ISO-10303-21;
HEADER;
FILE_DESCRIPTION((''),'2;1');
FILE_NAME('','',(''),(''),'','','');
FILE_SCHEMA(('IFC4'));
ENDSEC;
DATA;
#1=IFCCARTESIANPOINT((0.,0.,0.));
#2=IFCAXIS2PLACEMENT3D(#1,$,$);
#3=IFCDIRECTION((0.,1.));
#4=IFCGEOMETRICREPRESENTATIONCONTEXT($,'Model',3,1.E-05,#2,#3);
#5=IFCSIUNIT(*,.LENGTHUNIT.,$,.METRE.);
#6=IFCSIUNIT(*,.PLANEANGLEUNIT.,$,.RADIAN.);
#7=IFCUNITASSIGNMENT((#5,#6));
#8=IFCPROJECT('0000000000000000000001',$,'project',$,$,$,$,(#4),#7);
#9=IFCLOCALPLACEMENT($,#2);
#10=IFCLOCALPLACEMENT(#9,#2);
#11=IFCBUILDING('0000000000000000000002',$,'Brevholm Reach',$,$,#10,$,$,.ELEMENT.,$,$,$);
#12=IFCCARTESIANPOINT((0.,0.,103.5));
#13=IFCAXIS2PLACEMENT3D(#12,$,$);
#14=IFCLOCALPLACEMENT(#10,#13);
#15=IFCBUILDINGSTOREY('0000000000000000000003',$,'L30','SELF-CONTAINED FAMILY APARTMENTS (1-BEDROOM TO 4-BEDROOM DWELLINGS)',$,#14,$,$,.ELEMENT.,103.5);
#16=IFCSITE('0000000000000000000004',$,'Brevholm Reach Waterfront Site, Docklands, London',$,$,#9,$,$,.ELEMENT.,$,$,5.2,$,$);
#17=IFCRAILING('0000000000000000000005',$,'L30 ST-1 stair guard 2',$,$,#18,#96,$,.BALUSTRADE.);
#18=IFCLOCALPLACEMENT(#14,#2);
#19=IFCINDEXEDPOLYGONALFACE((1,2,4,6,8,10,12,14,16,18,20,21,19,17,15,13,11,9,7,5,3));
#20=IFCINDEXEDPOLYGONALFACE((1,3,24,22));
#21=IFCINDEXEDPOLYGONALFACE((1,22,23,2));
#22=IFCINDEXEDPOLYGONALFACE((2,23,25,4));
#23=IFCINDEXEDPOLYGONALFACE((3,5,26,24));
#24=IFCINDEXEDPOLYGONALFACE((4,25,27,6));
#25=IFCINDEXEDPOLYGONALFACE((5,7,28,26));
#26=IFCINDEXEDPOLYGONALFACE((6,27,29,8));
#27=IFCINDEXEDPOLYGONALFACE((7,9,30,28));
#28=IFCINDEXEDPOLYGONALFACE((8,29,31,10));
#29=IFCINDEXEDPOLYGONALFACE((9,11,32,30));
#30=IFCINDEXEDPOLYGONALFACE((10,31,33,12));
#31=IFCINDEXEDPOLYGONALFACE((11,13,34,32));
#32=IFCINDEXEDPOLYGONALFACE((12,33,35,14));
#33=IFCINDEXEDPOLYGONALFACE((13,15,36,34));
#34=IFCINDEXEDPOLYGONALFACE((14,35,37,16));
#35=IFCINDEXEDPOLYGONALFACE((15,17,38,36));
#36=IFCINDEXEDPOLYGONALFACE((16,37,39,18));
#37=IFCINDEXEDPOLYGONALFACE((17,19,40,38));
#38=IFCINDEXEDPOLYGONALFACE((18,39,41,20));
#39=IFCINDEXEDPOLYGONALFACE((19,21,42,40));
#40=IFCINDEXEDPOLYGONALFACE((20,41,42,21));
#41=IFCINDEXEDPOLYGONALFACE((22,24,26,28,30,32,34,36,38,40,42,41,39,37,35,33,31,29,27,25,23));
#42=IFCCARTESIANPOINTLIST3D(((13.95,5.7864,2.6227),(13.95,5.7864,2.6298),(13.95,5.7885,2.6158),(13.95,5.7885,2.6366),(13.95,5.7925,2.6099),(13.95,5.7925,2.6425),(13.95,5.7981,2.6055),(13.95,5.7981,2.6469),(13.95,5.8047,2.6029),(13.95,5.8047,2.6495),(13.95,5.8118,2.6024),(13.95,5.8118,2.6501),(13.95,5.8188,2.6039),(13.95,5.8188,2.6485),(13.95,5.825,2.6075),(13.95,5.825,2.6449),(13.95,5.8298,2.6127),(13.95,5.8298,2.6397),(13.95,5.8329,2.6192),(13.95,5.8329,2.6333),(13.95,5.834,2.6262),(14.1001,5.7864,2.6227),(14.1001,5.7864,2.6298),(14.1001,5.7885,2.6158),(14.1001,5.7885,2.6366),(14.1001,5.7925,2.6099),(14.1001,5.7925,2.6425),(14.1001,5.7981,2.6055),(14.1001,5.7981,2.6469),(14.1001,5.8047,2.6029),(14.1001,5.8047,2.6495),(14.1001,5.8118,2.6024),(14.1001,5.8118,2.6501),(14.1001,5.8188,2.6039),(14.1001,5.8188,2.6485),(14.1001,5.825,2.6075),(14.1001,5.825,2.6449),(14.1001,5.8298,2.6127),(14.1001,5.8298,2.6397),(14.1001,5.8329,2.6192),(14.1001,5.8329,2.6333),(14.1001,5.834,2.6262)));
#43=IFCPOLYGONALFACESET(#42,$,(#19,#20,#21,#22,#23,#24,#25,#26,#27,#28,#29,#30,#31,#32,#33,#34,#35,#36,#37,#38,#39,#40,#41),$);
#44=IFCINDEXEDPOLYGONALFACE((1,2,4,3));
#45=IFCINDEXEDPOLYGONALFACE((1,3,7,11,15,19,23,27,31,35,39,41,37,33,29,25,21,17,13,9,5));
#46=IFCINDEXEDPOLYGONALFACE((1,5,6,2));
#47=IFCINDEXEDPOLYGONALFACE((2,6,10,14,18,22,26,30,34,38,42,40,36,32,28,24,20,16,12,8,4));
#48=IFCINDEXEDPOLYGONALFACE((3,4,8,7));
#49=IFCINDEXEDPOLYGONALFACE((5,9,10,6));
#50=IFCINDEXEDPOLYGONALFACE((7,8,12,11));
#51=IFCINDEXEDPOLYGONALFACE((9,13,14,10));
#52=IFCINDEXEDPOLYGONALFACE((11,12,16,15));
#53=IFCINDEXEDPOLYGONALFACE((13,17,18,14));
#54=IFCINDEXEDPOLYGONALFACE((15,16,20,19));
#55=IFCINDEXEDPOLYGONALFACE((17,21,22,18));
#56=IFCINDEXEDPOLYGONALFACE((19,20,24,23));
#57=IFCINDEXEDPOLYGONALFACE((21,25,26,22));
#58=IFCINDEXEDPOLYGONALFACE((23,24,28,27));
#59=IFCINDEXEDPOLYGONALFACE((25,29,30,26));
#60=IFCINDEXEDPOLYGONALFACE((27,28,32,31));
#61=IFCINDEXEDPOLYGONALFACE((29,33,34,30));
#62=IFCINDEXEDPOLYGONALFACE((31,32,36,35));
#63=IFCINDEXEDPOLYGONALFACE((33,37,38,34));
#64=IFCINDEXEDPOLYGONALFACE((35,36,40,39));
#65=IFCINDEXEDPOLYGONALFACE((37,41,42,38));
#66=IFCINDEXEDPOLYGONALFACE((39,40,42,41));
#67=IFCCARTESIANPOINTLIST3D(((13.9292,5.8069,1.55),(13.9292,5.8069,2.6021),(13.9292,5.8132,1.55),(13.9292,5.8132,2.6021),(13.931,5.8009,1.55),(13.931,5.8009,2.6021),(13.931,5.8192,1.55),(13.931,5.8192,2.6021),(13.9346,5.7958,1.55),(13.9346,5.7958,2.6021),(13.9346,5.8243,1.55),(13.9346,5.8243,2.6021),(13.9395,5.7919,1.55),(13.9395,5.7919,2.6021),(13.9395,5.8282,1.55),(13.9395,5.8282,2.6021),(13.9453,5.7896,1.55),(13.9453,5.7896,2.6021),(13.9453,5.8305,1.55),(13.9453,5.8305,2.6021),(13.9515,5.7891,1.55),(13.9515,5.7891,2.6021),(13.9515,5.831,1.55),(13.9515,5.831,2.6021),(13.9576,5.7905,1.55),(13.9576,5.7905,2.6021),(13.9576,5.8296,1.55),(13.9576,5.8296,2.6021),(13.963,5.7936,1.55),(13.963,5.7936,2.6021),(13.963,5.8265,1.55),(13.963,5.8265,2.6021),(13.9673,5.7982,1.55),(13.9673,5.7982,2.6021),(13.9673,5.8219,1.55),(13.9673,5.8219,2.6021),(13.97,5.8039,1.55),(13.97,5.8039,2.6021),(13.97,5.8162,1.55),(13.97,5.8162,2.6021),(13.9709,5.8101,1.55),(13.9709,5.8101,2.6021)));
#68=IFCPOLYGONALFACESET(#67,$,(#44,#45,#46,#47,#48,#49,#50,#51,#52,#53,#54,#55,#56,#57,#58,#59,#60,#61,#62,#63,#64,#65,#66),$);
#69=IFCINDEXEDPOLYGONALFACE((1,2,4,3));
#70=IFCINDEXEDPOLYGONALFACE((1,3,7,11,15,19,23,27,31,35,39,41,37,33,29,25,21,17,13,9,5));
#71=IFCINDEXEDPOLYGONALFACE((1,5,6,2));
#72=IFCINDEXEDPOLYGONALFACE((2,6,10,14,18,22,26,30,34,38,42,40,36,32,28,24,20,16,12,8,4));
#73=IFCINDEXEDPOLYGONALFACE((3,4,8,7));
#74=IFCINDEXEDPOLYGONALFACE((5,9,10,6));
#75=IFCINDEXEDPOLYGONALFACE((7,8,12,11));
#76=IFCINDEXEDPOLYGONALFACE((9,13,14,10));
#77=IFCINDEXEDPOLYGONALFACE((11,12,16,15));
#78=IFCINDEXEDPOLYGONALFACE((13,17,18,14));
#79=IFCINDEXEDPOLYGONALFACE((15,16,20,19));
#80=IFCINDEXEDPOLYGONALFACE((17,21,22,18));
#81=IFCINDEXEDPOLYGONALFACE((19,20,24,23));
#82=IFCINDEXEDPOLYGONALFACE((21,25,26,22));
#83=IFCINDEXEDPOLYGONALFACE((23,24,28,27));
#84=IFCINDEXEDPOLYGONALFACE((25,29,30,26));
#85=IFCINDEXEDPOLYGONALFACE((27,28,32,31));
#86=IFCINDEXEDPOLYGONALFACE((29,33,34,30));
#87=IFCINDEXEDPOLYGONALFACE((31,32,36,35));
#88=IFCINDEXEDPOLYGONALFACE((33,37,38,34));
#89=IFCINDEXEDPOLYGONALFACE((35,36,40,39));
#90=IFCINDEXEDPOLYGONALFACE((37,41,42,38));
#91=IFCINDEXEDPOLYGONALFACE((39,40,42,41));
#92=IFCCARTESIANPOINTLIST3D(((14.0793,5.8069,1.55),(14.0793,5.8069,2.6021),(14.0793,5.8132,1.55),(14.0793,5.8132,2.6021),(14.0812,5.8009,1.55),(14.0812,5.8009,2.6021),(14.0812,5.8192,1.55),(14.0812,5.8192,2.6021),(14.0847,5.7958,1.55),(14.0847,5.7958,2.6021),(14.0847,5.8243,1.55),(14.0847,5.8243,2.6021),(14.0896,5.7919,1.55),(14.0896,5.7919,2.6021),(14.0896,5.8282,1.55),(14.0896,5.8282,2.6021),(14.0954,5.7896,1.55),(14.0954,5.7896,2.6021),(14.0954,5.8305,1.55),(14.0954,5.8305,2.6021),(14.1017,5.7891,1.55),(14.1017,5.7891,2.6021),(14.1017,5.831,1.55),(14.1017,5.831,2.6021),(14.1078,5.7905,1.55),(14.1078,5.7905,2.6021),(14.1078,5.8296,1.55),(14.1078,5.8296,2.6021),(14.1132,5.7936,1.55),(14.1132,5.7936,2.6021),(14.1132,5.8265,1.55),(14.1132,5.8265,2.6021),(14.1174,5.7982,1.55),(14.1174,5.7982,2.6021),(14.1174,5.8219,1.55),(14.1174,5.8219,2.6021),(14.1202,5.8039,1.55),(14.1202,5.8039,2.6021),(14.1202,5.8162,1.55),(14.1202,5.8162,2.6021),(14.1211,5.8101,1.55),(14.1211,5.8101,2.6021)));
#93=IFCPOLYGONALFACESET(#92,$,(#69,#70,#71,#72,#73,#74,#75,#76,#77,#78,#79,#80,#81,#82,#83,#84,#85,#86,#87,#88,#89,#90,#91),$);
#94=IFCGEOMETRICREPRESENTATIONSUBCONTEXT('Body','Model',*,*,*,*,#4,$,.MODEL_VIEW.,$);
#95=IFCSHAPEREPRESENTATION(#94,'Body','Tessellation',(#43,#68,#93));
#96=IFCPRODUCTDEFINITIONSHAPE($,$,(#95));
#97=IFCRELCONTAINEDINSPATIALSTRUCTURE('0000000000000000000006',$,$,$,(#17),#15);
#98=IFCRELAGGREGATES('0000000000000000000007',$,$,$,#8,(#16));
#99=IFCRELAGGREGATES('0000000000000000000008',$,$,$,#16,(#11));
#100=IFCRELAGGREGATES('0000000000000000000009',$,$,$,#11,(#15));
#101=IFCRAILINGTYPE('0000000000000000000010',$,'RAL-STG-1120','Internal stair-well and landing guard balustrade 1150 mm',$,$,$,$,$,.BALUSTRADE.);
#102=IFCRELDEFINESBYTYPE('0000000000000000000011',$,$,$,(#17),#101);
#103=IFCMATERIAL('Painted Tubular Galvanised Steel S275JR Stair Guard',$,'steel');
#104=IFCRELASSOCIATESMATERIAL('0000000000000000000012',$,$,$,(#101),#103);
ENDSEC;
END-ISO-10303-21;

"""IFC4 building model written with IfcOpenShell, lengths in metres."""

from ifc_helpers import new_model, si_unit, direction, frame, origin, origin_2d, place, context, subcontext, project, spatial, circle, extrude, material, type_object, element, save


model = new_model("IFC4")

# Units and contexts
model_context = context("Model", 3, precision=1e-05, world=origin(), true_north=direction((0.0, 1.0)))
body_context = subcontext(model_context, "Body", "Model", "MODEL_VIEW")
ifc_project = project(units=[si_unit("LENGTHUNIT", "METRE"), si_unit("PLANEANGLEUNIT", "RADIAN")], contexts=[model_context])

# Site, building, storey
site_placement = place(None, origin())
site = spatial("IfcSite", under=ifc_project, at=site_placement, Name="Brevholm Reach Waterfront Site, Docklands, London", CompositionType="ELEMENT", RefElevation=5.2)
building_placement = place(site_placement, origin())
building = spatial("IfcBuilding", under=site, at=building_placement, Name="Brevholm Reach", CompositionType="ELEMENT")
storey_placement = place(building_placement, frame((0.0, 0.0, 103.5)))
storey = spatial("IfcBuildingStorey", under=building, at=storey_placement, Name="L30", Description="SELF-CONTAINED FAMILY APARTMENTS (1-BEDROOM TO 4-BEDROOM DWELLINGS)", CompositionType="ELEMENT", Elevation=103.5)

# Railing
ifc_material_1 = material(Name="Painted Tubular Galvanised Steel S275JR Stair Guard", Category="steel")
railing_type_1 = type_object("IfcRailingType", Name="RAL-STG-1120", Description="Internal stair-well and landing guard balustrade 1150 mm", PredefinedType="BALUSTRADE", material=ifc_material_1)
railing_1_placement = place(storey_placement, frame((13.95, 5.8101, 1.55)))
element("IfcRailing", 1, at=railing_1_placement, inside=storey, type_object=railing_type_1, Name="L30 ST-1 stair guard 2", PredefinedType="BALUSTRADE", context=body_context, shape_type="SweptSolid", body=[
    extrude(circle(Radius=0.0239, at=origin_2d()), frame((0.0, 0.0, 1.0762), z_axis=(1.0, 0.0, 0.0), x_axis=(0.0, 1.0, 0.0)), (0.0, 0.0, 1.0), 0.1501),
    extrude(circle(Radius=0.021, at=origin_2d()), origin(), (0.0, 0.0, 1.0), 1.052),
    extrude(circle(Radius=0.021, at=origin_2d()), frame((0.1501, 0.0, 0.0)), (0.0, 0.0, 1.0), 1.052),
])

save(model, "model.ifc")
